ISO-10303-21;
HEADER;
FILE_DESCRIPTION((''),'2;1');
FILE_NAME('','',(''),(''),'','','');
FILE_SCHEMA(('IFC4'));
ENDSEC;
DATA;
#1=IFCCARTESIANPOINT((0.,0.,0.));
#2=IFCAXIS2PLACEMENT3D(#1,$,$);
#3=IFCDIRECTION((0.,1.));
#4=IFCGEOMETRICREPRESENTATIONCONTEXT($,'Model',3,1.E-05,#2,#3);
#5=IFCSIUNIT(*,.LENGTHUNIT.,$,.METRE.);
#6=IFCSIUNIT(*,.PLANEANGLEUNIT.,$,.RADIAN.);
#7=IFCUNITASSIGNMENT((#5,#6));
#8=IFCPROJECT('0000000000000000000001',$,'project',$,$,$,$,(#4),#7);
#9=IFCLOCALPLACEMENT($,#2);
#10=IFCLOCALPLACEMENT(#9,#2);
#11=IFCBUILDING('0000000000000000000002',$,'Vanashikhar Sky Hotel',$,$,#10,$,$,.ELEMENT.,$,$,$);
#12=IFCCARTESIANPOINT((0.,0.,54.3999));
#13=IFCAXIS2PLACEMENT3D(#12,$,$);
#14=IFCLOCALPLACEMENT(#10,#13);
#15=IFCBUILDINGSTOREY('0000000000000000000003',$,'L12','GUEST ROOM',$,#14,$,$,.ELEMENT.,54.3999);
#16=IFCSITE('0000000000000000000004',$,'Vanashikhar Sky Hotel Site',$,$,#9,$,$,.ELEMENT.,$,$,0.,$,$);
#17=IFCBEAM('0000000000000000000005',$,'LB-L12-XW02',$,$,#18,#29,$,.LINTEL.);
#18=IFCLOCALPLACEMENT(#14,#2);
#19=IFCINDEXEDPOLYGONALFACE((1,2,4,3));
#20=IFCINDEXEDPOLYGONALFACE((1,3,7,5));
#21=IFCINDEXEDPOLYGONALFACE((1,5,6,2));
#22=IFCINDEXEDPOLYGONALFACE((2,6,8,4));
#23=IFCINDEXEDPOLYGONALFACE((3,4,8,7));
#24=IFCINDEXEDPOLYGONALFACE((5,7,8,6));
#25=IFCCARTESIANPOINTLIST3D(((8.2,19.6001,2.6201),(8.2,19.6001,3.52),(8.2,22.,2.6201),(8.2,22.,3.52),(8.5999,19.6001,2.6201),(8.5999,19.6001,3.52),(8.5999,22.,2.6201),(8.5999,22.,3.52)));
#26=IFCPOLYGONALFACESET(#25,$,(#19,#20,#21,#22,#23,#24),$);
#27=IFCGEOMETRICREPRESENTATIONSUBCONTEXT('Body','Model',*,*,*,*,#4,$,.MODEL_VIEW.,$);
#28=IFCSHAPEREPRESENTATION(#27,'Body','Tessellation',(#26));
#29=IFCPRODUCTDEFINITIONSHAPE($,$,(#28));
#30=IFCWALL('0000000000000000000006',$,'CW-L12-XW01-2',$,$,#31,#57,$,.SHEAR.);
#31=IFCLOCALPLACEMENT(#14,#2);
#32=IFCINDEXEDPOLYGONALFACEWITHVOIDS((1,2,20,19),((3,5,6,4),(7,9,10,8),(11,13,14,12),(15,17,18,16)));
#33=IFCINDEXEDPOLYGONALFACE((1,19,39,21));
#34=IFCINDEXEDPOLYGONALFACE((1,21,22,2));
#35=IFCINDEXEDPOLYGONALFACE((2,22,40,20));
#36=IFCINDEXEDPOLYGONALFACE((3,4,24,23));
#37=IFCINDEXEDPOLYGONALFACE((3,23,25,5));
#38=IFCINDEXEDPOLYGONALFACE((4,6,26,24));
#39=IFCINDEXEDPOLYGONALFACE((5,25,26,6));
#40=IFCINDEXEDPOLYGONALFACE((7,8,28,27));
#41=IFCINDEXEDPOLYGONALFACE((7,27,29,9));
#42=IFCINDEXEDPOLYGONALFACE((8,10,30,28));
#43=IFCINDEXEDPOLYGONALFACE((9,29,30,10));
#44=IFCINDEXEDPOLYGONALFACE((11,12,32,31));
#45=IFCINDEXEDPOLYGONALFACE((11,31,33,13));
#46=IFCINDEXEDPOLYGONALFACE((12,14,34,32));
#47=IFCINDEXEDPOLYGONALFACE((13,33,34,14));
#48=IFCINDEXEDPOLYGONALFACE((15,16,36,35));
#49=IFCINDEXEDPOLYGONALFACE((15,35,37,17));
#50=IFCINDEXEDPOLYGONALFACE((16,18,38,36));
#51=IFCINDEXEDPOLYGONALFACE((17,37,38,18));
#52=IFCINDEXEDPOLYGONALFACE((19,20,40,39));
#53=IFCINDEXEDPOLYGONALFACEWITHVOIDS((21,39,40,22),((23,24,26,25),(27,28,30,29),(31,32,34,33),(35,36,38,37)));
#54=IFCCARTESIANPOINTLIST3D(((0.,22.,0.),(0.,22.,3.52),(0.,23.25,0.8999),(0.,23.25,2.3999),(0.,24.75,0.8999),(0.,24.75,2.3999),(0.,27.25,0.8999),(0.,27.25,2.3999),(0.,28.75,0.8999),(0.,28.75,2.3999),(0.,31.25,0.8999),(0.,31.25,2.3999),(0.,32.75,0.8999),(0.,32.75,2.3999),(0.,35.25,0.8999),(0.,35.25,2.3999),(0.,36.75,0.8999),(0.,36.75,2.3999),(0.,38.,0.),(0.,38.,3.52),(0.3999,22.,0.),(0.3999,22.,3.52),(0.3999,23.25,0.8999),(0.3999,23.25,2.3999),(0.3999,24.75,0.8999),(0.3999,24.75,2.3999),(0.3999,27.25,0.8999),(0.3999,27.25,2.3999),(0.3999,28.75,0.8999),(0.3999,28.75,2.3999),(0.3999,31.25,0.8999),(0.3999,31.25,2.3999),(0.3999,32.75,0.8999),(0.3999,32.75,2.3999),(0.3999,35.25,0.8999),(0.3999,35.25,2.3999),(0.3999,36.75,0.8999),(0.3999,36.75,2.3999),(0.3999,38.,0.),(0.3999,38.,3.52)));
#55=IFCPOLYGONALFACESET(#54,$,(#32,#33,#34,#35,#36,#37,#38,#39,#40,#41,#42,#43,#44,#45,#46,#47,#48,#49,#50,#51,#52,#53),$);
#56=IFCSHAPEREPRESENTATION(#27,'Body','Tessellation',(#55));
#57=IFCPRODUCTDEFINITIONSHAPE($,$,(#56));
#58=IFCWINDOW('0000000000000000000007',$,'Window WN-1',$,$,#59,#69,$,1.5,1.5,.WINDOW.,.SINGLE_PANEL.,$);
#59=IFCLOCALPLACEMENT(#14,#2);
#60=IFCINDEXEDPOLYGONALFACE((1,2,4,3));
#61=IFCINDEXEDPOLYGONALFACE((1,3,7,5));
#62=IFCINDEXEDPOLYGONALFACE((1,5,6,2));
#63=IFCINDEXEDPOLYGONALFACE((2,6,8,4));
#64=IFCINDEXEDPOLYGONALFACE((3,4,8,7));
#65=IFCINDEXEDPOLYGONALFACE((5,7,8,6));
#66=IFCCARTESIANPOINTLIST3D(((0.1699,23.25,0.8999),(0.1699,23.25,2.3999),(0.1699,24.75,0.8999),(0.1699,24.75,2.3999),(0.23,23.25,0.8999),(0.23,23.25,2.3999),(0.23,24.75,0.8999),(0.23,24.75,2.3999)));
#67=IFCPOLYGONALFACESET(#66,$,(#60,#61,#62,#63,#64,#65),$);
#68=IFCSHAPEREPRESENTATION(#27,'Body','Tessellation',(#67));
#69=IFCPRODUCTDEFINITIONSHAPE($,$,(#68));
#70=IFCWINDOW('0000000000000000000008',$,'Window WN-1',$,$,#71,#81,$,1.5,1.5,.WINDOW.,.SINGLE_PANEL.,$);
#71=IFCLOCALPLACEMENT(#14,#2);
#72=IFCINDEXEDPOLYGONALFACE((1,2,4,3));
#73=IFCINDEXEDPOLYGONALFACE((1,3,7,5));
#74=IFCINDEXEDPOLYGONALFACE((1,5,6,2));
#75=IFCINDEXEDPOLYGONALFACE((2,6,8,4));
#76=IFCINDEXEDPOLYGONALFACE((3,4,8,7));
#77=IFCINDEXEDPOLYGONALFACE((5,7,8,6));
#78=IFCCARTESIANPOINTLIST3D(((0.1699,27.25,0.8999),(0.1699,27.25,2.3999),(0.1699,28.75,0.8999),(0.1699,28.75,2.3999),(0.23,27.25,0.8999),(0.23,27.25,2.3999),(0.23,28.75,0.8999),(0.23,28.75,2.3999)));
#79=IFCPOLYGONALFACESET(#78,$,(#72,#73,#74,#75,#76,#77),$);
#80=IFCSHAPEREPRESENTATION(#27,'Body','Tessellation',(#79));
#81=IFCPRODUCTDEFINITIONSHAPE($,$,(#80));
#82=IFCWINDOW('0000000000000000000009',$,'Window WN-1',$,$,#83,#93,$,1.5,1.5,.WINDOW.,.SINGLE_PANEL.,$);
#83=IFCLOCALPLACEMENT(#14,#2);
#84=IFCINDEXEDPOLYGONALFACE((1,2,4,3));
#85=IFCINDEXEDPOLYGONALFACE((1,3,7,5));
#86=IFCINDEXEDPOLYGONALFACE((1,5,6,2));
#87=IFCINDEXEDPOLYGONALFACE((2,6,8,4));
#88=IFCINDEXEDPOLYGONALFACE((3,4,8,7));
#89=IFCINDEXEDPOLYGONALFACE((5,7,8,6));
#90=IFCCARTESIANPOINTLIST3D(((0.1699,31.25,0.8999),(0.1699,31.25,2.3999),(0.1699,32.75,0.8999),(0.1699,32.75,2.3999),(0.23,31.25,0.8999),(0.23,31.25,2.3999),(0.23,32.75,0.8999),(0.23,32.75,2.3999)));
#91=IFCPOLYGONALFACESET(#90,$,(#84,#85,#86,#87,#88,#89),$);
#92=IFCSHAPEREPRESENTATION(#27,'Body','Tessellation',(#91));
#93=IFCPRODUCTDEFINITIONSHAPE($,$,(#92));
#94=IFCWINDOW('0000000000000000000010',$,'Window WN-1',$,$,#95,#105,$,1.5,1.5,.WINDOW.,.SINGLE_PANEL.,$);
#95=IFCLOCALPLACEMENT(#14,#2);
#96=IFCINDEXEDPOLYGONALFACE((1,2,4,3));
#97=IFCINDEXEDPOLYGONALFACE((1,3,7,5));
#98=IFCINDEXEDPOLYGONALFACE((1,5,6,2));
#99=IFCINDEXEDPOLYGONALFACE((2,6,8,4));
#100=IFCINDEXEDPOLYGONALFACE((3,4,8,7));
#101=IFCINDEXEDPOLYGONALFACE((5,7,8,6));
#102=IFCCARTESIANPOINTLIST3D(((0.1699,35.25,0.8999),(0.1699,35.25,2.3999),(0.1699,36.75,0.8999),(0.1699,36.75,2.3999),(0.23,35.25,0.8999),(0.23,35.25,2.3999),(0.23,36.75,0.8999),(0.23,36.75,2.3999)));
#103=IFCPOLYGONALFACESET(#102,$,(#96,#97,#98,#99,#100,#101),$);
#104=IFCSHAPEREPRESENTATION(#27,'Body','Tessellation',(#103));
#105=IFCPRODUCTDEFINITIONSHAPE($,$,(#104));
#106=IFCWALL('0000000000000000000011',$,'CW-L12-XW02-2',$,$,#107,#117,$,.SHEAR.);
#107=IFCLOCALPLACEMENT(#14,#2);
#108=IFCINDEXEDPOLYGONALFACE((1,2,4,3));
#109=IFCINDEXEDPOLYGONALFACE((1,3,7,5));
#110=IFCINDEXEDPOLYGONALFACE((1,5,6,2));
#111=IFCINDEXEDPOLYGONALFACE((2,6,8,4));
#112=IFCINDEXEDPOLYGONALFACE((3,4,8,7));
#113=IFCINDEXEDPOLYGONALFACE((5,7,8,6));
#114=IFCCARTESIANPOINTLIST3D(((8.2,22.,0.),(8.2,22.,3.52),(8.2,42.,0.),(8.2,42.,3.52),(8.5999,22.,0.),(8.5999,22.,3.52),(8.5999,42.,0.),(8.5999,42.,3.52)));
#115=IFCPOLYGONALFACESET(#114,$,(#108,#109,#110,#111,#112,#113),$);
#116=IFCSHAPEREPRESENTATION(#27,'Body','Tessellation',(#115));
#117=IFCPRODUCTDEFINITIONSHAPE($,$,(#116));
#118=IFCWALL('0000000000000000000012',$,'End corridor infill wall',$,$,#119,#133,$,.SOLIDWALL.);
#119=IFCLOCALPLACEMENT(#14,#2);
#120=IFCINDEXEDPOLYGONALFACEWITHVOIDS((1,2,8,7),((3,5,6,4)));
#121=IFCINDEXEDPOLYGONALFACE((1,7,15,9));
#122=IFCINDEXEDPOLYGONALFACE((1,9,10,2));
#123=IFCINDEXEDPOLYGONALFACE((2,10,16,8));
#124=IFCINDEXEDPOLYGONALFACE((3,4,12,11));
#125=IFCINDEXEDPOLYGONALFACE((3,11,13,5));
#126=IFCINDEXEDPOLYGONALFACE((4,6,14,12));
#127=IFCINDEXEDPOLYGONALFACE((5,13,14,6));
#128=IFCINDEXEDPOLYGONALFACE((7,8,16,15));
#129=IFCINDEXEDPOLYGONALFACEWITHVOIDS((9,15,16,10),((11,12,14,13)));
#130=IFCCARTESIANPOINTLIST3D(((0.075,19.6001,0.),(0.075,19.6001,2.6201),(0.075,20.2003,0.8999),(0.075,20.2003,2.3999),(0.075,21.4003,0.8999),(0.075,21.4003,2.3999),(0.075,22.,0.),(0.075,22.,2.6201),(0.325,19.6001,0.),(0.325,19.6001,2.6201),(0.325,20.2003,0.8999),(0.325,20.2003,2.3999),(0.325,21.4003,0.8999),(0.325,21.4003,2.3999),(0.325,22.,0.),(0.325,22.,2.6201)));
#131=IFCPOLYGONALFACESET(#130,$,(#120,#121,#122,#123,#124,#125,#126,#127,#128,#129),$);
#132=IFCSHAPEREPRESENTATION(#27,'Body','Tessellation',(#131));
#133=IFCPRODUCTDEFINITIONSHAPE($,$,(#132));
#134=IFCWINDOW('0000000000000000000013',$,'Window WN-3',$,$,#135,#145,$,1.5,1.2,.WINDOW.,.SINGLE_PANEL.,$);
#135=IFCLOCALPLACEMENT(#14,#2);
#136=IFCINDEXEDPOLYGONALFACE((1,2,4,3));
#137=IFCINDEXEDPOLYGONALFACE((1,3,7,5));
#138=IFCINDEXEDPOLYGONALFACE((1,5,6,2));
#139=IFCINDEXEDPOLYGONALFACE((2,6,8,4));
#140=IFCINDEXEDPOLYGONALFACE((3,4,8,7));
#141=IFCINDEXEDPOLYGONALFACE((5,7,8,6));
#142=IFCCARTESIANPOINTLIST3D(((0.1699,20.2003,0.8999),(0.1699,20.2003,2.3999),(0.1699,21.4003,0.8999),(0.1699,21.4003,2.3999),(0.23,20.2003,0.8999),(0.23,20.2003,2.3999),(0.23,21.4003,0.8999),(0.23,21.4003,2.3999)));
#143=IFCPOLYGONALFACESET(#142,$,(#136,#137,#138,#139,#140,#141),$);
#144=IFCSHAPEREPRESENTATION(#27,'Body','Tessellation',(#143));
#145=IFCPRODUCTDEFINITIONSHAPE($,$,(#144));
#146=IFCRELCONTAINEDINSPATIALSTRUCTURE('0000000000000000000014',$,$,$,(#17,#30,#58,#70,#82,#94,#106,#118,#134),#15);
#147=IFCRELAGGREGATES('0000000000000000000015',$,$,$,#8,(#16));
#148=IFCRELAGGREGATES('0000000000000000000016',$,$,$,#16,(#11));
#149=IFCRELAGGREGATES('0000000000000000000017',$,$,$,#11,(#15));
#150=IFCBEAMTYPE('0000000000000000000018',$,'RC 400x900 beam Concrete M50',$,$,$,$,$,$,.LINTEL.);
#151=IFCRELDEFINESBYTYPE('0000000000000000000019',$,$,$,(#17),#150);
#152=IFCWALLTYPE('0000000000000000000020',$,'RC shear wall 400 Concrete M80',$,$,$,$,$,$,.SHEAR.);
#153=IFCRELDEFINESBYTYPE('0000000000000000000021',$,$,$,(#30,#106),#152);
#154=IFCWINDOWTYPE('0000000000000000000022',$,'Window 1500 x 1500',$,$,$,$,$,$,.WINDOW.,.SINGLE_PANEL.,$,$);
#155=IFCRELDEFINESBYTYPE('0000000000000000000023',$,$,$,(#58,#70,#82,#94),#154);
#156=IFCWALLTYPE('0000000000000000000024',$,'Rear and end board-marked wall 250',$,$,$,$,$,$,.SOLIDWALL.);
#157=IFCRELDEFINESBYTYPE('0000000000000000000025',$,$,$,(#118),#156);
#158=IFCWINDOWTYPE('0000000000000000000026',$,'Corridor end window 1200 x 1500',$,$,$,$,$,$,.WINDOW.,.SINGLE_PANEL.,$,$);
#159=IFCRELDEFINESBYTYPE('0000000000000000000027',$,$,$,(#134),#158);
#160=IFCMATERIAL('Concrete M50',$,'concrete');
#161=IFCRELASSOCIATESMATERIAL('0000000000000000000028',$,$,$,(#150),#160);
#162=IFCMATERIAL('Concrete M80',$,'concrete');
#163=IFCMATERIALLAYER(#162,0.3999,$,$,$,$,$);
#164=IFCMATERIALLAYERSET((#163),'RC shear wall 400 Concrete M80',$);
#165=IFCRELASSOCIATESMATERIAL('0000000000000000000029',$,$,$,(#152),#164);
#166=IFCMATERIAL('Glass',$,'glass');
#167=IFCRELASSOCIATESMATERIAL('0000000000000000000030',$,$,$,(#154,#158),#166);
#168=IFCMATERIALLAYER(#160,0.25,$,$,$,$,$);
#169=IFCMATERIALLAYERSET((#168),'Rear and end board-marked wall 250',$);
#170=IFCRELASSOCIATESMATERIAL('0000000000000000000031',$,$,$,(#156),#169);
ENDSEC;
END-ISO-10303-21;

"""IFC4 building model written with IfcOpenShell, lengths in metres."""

from ifc_helpers import new_model, si_unit, direction, frame, frame_2d, origin, origin_2d, place, context, subcontext, project, spatial, rectangle, extrude, source, transform, mapped, material, layer, layer_set, material_profile, profile_set, type_object, element, fill, save


model = new_model("IFC4")

# Units and contexts
model_context = context("Model", 3, precision=1e-05, world=origin(), true_north=direction((0.0, 1.0)))
body_context = subcontext(model_context, "Body", "Model", "MODEL_VIEW")
ifc_project = project(units=[si_unit("LENGTHUNIT", "METRE"), si_unit("PLANEANGLEUNIT", "RADIAN")], contexts=[model_context])

# Site, building, storey
site_placement = place(None, origin())
site = spatial("IfcSite", under=ifc_project, at=site_placement, Name="Vanashikhar Sky Hotel Site", CompositionType="ELEMENT", RefElevation=0.0)
building_placement = place(site_placement, origin())
building = spatial("IfcBuilding", under=site, at=building_placement, Name="Vanashikhar Sky Hotel", CompositionType="ELEMENT")
storey_placement = place(building_placement, frame((0.0, 0.0, 54.3999)))
storey = spatial("IfcBuildingStorey", under=building, at=storey_placement, Name="L12", Description="GUEST ROOM", CompositionType="ELEMENT", Elevation=54.3999)

# Beam
ifc_material_1 = material(Name="Concrete M50", Category="concrete")
ifc_material_profile = material_profile(ifc_material_1, rectangle(XDim=0.3999, YDim=0.8999, at=origin_2d()))
ifc_profile_set = profile_set([ifc_material_profile], Name="RC 400x900 beam Concrete M50")
beam_type = type_object("IfcBeamType", Name="RC 400x900 beam Concrete M50", PredefinedType="LINTEL", material=ifc_profile_set)
shared_shape_1 = source(origin(), body_context, "Body", "SweptSolid", [
    extrude(rectangle(XDim=0.3999, YDim=0.8999, at=origin_2d()), origin(), (0.0, 0.0, 1.0), 2.3999),
])
beam_placement = place(storey_placement, frame((8.3999, 19.6001, 3.0701), z_axis=(0.0, 1.0, 0.0), x_axis=(-1.0, 0.0, 0.0)))
element("IfcBeam", 1, at=beam_placement, inside=storey, type_object=beam_type, Name="LB-L12-XW02", PredefinedType="LINTEL", context=body_context, shape_type="MappedRepresentation", body=[
    mapped(shared_shape_1, transform((0.0, 0.0, 0.0), scale=1.0)),
])

# Wall, openings, windows
ifc_material_2 = material(Name="Concrete M80", Category="concrete")
ifc_layer_1 = layer(ifc_material_2, 0.3999)
ifc_layer_set_1 = layer_set([ifc_layer_1], Name="RC shear wall 400 Concrete M80")
wall_type_1 = type_object("IfcWallType", Name="RC shear wall 400 Concrete M80", PredefinedType="SHEAR", material=ifc_layer_set_1)
shared_shape_2 = source(origin(), body_context, "Body", "SweptSolid", [
    extrude(rectangle(XDim=16.0, YDim=0.3999, at=frame_2d((8.0, 0.0))), origin(), (0.0, 0.0, 1.0), 3.52),
])
wall_1_placement = place(storey_placement, frame((0.2, 22.0, 0.0), z_axis=(0.0, 0.0, 1.0), x_axis=(0.0, 1.0, 0.0)))
wall_1 = element("IfcWall", 2, at=wall_1_placement, inside=storey, type_object=wall_type_1, Name="CW-L12-XW01-2", PredefinedType="SHEAR", context=body_context, shape_type="MappedRepresentation", body=[
    mapped(shared_shape_2, transform((0.0, 0.0, 0.0), scale=1.0)),
])
shared_shape_3 = source(origin(), body_context, "Body", "SweptSolid", [
    extrude(rectangle(XDim=1.5, YDim=1.5, at=frame_2d((0.75, 0.75))), frame((0.0, 0.21, 0.0), z_axis=(0.0, -1.0, 0.0), x_axis=(1.0, 0.0, 0.0)), (0.0, 0.0, 1.0), 0.4199),
])
opening_1_placement = place(wall_1_placement, frame((1.25, 0.0, 0.8999)))
opening_1 = element("IfcOpeningElement", 3, at=opening_1_placement, cuts=wall_1, PredefinedType="OPENING", context=body_context, shape_type="MappedRepresentation", body=[
    mapped(shared_shape_3, transform((0.0, 0.0, 0.0), scale=1.0)),
])
opening_2_placement = place(wall_1_placement, frame((5.25, 0.0, 0.8999)))
opening_2 = element("IfcOpeningElement", 4, at=opening_2_placement, cuts=wall_1, PredefinedType="OPENING", context=body_context, shape_type="MappedRepresentation", body=[
    mapped(shared_shape_3, transform((0.0, 0.0, 0.0), scale=1.0)),
])
opening_3_placement = place(wall_1_placement, frame((9.25, 0.0, 0.8999)))
opening_3 = element("IfcOpeningElement", 5, at=opening_3_placement, cuts=wall_1, PredefinedType="OPENING", context=body_context, shape_type="MappedRepresentation", body=[
    mapped(shared_shape_3, transform((0.0, 0.0, 0.0), scale=1.0)),
])
opening_4_placement = place(wall_1_placement, frame((13.25, 0.0, 0.8999)))
opening_4 = element("IfcOpeningElement", 6, at=opening_4_placement, cuts=wall_1, PredefinedType="OPENING", context=body_context, shape_type="MappedRepresentation", body=[
    mapped(shared_shape_3, transform((0.0, 0.0, 0.0), scale=1.0)),
])
ifc_material_3 = material(Name="Glass", Category="glass")
window_type_1 = type_object("IfcWindowType", Name="Window 1500 x 1500", PartitioningType="SINGLE_PANEL", PredefinedType="WINDOW", material=ifc_material_3)
shared_shape_4 = source(origin(), body_context, "Body", "SweptSolid", [
    extrude(rectangle(XDim=1.5, YDim=1.5, at=frame_2d((0.75, 0.75))), frame((0.0, 0.03, 0.0), z_axis=(0.0, -1.0, 0.0), x_axis=(1.0, 0.0, 0.0)), (0.0, 0.0, 1.0), 0.0601),
])
window_1_placement = place(opening_1_placement, origin())
window_1 = element("IfcWindow", 7, at=window_1_placement, inside=storey, type_object=window_type_1, Name="Window WN-1", OverallHeight=1.5, OverallWidth=1.5, PartitioningType="SINGLE_PANEL", PredefinedType="WINDOW", context=body_context, shape_type="MappedRepresentation", body=[
    mapped(shared_shape_4, transform((0.0, 0.0, 0.0), scale=1.0)),
])
fill(opening_1, window_1)
window_2_placement = place(opening_2_placement, origin())
window_2 = element("IfcWindow", 8, at=window_2_placement, inside=storey, type_object=window_type_1, Name="Window WN-1", OverallHeight=1.5, OverallWidth=1.5, PartitioningType="SINGLE_PANEL", PredefinedType="WINDOW", context=body_context, shape_type="MappedRepresentation", body=[
    mapped(shared_shape_4, transform((0.0, 0.0, 0.0), scale=1.0)),
])
fill(opening_2, window_2)
window_3_placement = place(opening_3_placement, origin())
window_3 = element("IfcWindow", 9, at=window_3_placement, inside=storey, type_object=window_type_1, Name="Window WN-1", OverallHeight=1.5, OverallWidth=1.5, PartitioningType="SINGLE_PANEL", PredefinedType="WINDOW", context=body_context, shape_type="MappedRepresentation", body=[
    mapped(shared_shape_4, transform((0.0, 0.0, 0.0), scale=1.0)),
])
fill(opening_3, window_3)
window_4_placement = place(opening_4_placement, origin())
window_4 = element("IfcWindow", 10, at=window_4_placement, inside=storey, type_object=window_type_1, Name="Window WN-1", OverallHeight=1.5, OverallWidth=1.5, PartitioningType="SINGLE_PANEL", PredefinedType="WINDOW", context=body_context, shape_type="MappedRepresentation", body=[
    mapped(shared_shape_4, transform((0.0, 0.0, 0.0), scale=1.0)),
])
fill(opening_4, window_4)

# Wall
shared_shape_5 = source(origin(), body_context, "Body", "SweptSolid", [
    extrude(rectangle(XDim=20.0, YDim=0.3999, at=frame_2d((10.0, 0.0))), origin(), (0.0, 0.0, 1.0), 3.52),
])
wall_2_placement = place(storey_placement, frame((8.3999, 22.0, 0.0), z_axis=(0.0, 0.0, 1.0), x_axis=(0.0, 1.0, 0.0)))
element("IfcWall", 11, at=wall_2_placement, inside=storey, type_object=wall_type_1, Name="CW-L12-XW02-2", PredefinedType="SHEAR", context=body_context, shape_type="MappedRepresentation", body=[
    mapped(shared_shape_5, transform((0.0, 0.0, 0.0), scale=1.0)),
])

# Wall, opening, window
ifc_layer_2 = layer(ifc_material_1, 0.25)
ifc_layer_set_2 = layer_set([ifc_layer_2], Name="Rear and end board-marked wall 250")
wall_type_2 = type_object("IfcWallType", Name="Rear and end board-marked wall 250", PredefinedType="SOLIDWALL", material=ifc_layer_set_2)
shared_shape_6 = source(origin(), body_context, "Body", "SweptSolid", [
    extrude(rectangle(XDim=2.3999, YDim=0.25, at=frame_2d((1.2, 0.0))), origin(), (0.0, 0.0, 1.0), 2.6201),
])
wall_3_placement = place(storey_placement, frame((0.2, 19.6001, 0.0), z_axis=(0.0, 0.0, 1.0), x_axis=(0.0, 1.0, 0.0)))
wall_3 = element("IfcWall", 12, at=wall_3_placement, inside=storey, type_object=wall_type_2, Name="End corridor infill wall", PredefinedType="SOLIDWALL", context=body_context, shape_type="MappedRepresentation", body=[
    mapped(shared_shape_6, transform((0.0, 0.0, 0.0), scale=1.0)),
])
shared_shape_7 = source(origin(), body_context, "Body", "SweptSolid", [
    extrude(rectangle(XDim=1.2, YDim=1.5, at=frame_2d((0.6001, 0.75))), frame((0.0, 0.135, 0.0), z_axis=(0.0, -1.0, 0.0), x_axis=(1.0, 0.0, 0.0)), (0.0, 0.0, 1.0), 0.27),
])
opening_5_placement = place(wall_3_placement, frame((0.6001, 0.0, 0.8999)))
opening_5 = element("IfcOpeningElement", 13, at=opening_5_placement, cuts=wall_3, PredefinedType="OPENING", context=body_context, shape_type="MappedRepresentation", body=[
    mapped(shared_shape_7, transform((0.0, 0.0, 0.0), scale=1.0)),
])
window_type_2 = type_object("IfcWindowType", Name="Corridor end window 1200 x 1500", PartitioningType="SINGLE_PANEL", PredefinedType="WINDOW", material=ifc_material_3)
shared_shape_8 = source(origin(), body_context, "Body", "SweptSolid", [
    extrude(rectangle(XDim=1.2, YDim=1.5, at=frame_2d((0.6001, 0.75))), frame((0.0, 0.03, 0.0), z_axis=(0.0, -1.0, 0.0), x_axis=(1.0, 0.0, 0.0)), (0.0, 0.0, 1.0), 0.0601),
])
window_5_placement = place(opening_5_placement, origin())
window_5 = element("IfcWindow", 14, at=window_5_placement, inside=storey, type_object=window_type_2, Name="Window WN-3", OverallHeight=1.5, OverallWidth=1.2, PartitioningType="SINGLE_PANEL", PredefinedType="WINDOW", context=body_context, shape_type="MappedRepresentation", body=[
    mapped(shared_shape_8, transform((0.0, 0.0, 0.0), scale=1.0)),
])
fill(opening_5, window_5)

save(model, "model.ifc")
